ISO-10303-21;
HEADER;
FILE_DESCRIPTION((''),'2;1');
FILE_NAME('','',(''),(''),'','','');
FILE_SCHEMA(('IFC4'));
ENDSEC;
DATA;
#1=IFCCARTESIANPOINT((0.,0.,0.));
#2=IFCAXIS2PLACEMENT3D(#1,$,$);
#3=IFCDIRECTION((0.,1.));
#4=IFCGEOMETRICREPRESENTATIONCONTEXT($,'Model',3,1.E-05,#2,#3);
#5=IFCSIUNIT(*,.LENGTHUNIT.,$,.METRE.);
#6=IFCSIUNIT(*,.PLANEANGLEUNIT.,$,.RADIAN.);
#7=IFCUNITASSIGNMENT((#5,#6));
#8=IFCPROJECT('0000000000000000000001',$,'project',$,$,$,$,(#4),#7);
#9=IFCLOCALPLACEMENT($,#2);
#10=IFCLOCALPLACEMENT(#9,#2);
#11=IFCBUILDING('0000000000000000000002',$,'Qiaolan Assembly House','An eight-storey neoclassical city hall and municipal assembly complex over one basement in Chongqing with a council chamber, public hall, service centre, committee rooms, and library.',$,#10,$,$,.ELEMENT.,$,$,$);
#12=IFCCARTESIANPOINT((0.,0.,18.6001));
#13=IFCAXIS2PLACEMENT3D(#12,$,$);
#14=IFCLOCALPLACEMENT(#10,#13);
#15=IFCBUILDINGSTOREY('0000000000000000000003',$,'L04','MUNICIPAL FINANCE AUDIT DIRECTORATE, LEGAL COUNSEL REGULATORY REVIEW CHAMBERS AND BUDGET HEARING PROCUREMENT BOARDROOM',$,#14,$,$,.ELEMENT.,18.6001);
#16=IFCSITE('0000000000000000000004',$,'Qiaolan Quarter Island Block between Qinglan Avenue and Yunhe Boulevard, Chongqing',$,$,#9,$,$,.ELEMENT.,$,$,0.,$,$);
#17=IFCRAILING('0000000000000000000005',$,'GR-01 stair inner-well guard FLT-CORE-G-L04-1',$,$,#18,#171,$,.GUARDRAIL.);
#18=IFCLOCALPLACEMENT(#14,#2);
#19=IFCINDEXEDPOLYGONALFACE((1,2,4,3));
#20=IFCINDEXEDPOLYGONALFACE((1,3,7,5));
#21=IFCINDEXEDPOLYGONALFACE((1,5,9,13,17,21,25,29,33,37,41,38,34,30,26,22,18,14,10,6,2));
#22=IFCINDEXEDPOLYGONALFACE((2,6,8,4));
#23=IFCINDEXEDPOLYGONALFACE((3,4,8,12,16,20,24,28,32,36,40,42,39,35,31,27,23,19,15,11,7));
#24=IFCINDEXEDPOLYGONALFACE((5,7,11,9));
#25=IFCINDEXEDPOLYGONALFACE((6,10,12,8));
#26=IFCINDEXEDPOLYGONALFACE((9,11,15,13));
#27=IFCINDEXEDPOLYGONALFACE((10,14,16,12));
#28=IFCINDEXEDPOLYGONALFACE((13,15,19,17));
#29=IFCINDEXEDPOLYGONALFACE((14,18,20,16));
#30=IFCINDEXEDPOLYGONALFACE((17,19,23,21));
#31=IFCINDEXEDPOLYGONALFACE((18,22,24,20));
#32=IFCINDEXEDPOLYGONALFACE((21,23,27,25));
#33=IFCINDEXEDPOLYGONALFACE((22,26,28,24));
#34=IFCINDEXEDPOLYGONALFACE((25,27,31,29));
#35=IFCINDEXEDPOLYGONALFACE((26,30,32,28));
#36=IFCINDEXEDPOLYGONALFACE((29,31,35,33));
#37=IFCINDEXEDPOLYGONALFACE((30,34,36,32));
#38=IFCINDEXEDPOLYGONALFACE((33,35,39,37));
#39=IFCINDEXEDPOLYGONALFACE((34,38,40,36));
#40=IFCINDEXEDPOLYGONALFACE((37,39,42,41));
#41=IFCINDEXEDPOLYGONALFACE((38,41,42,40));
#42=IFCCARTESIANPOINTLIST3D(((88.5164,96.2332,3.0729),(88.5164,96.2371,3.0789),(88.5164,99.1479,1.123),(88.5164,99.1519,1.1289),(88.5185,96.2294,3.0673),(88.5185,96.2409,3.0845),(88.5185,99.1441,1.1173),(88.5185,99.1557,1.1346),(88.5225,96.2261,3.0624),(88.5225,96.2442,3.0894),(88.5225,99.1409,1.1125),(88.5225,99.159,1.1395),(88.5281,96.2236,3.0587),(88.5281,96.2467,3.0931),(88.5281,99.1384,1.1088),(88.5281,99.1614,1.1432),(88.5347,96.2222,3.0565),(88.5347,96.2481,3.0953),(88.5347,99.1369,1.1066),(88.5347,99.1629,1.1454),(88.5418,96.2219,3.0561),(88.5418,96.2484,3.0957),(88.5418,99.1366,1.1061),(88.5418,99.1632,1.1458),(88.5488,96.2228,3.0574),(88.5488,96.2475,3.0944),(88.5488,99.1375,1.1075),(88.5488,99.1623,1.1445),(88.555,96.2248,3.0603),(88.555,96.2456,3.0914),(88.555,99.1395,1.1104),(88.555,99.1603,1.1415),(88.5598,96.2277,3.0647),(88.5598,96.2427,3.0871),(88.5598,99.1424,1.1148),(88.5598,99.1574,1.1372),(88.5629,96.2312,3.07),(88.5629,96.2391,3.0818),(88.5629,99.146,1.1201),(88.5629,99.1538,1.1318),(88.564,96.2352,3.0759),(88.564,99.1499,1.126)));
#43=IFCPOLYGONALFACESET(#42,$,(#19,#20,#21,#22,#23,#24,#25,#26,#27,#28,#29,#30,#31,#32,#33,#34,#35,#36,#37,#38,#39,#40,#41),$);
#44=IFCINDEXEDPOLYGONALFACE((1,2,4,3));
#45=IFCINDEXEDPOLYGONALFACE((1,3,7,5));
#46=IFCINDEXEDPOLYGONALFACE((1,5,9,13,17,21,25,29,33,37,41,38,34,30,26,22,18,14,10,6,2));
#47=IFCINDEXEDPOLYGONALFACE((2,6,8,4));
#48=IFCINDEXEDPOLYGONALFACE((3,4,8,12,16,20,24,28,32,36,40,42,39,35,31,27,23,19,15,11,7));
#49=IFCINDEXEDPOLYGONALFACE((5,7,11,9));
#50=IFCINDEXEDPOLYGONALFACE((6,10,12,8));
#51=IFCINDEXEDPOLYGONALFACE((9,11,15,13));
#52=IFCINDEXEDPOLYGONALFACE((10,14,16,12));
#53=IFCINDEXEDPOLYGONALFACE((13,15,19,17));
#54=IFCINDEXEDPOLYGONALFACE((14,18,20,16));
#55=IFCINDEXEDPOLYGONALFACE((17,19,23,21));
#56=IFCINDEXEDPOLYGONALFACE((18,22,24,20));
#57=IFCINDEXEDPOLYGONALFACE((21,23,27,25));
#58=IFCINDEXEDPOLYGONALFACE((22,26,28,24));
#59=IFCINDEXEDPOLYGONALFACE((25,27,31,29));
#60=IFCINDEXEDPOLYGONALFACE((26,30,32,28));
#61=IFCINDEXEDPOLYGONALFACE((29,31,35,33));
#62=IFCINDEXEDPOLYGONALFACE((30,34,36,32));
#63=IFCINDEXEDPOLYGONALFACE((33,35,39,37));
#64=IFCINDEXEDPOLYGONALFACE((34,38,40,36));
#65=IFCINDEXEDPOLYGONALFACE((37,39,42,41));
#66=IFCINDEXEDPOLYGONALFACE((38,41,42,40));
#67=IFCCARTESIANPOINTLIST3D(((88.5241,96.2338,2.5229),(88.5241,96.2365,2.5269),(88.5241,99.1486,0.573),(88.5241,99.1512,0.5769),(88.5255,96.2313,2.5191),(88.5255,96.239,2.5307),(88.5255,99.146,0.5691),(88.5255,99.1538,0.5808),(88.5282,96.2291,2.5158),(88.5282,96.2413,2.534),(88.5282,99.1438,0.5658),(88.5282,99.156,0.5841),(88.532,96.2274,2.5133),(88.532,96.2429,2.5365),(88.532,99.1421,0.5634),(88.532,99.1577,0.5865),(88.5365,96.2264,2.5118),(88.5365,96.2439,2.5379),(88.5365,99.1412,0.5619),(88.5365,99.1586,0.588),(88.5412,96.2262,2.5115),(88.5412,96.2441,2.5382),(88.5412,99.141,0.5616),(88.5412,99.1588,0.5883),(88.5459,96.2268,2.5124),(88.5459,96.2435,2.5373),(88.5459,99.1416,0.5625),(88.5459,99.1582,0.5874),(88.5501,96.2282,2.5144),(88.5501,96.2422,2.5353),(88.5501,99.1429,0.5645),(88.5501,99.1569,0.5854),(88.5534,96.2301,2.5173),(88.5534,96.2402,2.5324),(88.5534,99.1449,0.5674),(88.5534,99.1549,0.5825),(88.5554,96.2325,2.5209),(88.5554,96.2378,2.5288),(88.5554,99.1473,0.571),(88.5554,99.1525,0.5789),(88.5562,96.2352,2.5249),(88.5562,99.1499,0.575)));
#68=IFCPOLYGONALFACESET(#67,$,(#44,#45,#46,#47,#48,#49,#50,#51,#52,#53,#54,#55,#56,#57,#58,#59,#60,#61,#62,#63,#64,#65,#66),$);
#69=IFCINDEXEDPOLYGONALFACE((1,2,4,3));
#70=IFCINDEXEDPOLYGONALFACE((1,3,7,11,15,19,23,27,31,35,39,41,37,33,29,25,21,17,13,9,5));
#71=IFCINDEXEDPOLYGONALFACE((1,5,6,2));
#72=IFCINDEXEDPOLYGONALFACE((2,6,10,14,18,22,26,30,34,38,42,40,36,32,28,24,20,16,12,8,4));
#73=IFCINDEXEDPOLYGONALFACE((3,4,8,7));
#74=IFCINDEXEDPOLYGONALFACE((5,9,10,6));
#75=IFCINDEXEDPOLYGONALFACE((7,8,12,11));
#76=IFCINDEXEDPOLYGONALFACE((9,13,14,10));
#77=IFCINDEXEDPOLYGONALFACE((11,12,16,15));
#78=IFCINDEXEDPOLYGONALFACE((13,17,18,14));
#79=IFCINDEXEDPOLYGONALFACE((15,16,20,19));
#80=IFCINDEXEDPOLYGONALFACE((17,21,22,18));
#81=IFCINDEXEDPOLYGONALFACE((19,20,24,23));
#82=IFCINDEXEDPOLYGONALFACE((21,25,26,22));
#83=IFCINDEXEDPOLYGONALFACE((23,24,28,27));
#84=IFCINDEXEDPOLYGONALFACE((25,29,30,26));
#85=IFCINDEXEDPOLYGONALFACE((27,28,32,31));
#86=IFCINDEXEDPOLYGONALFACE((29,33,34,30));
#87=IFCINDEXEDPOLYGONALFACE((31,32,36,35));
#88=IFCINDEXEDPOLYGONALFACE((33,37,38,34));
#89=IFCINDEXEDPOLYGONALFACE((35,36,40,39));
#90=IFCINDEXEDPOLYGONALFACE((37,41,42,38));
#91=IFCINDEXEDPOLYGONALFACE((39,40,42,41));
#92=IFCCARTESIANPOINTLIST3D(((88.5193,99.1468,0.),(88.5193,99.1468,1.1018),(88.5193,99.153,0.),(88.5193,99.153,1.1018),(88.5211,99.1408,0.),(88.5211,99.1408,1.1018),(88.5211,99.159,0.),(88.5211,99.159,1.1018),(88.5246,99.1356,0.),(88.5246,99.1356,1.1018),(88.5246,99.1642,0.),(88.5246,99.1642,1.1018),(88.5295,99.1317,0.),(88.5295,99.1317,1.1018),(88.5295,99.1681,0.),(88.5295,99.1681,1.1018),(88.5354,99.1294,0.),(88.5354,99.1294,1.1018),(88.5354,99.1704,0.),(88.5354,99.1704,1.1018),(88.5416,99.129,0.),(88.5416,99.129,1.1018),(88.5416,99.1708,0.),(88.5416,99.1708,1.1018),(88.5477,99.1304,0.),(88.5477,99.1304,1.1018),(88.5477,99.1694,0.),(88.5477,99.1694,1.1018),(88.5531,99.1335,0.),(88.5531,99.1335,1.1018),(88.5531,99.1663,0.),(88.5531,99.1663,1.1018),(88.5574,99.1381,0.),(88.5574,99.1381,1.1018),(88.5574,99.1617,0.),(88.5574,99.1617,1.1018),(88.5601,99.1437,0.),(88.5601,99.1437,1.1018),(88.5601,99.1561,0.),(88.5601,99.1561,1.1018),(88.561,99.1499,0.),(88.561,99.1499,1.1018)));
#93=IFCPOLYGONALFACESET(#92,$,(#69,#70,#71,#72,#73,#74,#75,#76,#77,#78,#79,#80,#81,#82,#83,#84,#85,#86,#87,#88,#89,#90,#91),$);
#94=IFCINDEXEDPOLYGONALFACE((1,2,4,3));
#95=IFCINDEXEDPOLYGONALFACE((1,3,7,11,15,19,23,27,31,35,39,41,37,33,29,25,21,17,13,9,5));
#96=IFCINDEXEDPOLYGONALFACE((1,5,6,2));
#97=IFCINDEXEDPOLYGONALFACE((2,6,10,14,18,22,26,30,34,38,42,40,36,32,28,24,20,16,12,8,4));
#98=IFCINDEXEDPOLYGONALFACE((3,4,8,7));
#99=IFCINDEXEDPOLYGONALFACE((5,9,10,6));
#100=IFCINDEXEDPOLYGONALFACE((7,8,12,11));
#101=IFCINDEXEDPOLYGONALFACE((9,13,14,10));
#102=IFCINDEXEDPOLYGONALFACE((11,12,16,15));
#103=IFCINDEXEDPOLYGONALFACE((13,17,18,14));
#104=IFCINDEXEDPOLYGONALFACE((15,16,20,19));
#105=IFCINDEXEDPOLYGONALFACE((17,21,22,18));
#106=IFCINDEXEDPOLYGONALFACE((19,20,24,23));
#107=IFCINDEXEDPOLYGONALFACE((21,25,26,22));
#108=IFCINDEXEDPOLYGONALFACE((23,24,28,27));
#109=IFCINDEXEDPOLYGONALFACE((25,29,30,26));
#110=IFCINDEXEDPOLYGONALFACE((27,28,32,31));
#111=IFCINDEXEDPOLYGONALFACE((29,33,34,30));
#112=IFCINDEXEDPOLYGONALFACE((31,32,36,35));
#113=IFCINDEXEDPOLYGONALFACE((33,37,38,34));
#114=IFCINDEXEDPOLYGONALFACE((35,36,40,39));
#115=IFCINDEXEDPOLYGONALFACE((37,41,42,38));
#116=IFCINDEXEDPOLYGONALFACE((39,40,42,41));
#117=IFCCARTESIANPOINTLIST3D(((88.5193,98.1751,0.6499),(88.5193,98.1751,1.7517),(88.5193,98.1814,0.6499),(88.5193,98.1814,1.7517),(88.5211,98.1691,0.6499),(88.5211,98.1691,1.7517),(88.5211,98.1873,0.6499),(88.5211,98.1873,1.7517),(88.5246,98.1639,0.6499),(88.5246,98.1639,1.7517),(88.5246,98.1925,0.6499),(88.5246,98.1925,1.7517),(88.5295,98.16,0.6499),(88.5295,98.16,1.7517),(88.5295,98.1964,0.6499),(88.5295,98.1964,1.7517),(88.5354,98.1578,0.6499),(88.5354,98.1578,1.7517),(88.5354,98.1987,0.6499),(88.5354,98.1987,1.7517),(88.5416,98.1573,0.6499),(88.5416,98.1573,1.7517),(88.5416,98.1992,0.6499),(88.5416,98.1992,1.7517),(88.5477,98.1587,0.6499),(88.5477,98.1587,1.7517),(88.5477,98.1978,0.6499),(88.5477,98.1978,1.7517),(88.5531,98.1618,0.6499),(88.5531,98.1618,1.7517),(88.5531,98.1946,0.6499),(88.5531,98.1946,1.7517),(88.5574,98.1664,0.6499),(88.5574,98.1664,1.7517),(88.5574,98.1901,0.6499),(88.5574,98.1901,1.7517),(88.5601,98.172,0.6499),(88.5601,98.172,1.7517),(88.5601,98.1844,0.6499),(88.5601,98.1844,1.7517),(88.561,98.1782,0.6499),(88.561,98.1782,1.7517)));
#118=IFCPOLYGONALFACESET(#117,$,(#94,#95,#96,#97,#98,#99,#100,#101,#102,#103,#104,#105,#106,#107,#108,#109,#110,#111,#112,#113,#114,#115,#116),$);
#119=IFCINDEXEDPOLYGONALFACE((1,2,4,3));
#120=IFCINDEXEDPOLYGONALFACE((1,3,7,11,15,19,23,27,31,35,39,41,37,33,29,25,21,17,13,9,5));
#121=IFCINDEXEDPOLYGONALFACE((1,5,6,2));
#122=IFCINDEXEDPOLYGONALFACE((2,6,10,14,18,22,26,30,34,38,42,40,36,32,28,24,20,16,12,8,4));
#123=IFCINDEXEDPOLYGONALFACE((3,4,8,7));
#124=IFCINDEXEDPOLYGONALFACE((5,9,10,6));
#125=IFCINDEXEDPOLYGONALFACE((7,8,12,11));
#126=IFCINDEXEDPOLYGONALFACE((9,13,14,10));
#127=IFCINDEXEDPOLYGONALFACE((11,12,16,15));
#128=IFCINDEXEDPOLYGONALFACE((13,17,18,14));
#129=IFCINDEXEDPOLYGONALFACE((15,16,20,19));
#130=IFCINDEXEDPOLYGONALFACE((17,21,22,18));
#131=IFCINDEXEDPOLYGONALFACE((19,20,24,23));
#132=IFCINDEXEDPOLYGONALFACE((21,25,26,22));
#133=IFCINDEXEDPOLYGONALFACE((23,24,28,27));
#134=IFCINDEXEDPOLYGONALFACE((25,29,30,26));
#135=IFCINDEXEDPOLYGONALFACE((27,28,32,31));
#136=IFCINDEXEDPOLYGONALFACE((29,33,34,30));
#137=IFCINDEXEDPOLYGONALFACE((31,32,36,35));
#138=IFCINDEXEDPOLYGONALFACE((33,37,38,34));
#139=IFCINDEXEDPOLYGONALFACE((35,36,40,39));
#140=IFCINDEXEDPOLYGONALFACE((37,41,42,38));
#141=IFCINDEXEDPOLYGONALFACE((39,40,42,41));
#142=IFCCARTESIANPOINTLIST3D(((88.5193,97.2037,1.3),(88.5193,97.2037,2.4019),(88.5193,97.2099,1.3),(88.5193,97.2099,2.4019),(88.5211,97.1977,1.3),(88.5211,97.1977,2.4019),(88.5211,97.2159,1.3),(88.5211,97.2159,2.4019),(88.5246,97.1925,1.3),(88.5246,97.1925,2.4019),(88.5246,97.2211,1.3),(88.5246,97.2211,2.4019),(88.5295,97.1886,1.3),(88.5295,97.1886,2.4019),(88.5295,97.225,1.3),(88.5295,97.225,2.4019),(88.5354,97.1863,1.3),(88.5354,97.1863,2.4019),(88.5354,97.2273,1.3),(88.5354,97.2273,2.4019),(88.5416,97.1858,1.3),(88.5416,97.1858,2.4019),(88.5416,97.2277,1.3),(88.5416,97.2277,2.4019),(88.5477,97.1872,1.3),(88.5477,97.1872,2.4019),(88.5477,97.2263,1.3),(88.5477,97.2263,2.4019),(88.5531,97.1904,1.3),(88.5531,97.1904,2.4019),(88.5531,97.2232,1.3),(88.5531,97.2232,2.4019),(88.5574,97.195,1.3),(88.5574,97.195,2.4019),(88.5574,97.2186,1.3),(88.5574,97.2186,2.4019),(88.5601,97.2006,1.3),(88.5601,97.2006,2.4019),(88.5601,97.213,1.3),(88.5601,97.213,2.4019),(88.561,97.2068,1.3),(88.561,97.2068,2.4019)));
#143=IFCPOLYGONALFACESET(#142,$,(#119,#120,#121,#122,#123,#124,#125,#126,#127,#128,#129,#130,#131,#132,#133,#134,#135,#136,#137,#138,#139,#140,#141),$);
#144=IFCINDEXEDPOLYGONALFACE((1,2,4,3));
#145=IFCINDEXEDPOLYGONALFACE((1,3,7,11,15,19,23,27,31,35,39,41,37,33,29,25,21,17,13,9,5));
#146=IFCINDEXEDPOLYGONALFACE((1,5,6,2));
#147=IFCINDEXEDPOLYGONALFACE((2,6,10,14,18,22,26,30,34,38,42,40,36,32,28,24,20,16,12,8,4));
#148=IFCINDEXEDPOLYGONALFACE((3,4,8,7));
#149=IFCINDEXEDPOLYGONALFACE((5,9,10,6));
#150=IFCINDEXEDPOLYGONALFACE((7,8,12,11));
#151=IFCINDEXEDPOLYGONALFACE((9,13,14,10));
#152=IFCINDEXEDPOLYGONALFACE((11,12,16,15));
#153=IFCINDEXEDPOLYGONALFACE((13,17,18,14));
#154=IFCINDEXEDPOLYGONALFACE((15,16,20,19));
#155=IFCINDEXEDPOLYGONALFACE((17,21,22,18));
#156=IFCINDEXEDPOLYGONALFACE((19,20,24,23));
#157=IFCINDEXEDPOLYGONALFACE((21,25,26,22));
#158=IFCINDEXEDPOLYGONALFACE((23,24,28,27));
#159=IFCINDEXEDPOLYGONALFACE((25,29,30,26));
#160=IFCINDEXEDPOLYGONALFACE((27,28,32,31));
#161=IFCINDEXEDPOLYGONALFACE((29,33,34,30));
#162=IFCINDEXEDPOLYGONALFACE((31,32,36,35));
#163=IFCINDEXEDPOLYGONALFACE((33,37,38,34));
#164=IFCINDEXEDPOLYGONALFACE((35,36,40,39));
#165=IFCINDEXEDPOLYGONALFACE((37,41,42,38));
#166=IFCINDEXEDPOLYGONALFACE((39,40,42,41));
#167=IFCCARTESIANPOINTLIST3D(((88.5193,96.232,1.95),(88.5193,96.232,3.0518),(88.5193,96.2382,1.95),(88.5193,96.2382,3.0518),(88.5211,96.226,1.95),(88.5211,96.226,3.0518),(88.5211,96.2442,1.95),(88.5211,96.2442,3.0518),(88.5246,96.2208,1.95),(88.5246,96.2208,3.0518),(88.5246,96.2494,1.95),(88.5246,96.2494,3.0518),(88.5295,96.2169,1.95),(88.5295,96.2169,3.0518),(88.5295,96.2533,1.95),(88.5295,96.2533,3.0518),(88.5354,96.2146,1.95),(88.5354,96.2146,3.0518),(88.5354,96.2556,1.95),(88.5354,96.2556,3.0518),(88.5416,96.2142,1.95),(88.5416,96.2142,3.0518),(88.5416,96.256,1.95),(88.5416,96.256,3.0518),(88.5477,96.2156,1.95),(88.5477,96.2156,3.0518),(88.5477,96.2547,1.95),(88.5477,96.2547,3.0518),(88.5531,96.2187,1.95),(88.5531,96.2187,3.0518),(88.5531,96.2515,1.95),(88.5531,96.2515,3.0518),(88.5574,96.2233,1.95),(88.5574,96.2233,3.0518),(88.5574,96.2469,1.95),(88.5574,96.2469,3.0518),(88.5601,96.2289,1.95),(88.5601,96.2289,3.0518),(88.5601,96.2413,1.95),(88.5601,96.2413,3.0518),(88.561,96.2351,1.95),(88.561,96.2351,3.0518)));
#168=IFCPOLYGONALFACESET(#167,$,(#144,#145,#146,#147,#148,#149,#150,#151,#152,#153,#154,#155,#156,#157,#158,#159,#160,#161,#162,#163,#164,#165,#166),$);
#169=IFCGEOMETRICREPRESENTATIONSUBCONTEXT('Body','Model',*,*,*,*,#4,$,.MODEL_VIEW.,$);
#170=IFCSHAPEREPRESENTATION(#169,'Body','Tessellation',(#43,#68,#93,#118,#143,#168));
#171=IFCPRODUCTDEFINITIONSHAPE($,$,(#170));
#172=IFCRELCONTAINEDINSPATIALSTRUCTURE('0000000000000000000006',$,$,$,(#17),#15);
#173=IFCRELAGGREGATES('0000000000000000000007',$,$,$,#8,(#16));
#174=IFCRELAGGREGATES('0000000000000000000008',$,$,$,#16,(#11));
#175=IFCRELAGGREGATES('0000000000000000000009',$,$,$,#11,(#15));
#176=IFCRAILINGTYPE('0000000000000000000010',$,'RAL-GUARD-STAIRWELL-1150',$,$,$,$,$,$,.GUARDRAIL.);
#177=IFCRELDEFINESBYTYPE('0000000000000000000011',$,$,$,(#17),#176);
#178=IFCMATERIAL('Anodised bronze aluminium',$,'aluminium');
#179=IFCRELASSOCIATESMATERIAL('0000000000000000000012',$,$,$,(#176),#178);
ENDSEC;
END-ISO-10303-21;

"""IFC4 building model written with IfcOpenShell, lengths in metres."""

from ifc_helpers import new_model, si_unit, direction, frame, origin, origin_2d, place, context, subcontext, project, spatial, circle, extrude, material, type_object, element, save


model = new_model("IFC4")

# Units and contexts
model_context = context("Model", 3, precision=1e-05, world=origin(), true_north=direction((0.0, 1.0)))
body_context = subcontext(model_context, "Body", "Model", "MODEL_VIEW")
ifc_project = project(units=[si_unit("LENGTHUNIT", "METRE"), si_unit("PLANEANGLEUNIT", "RADIAN")], contexts=[model_context])

# Site, building, storey
site_placement = place(None, origin())
site = spatial("IfcSite", under=ifc_project, at=site_placement, Name="Qiaolan Quarter Island Block between Qinglan Avenue and Yunhe Boulevard, Chongqing", CompositionType="ELEMENT", RefElevation=0.0)
building_placement = place(site_placement, origin())
building = spatial("IfcBuilding", under=site, at=building_placement, Name="Qiaolan Assembly House", Description="An eight-storey neoclassical city hall and municipal assembly complex over one basement in Chongqing with a council chamber, public hall, service centre, committee rooms, and library.", CompositionType="ELEMENT")
storey_placement = place(building_placement, frame((0.0, 0.0, 18.6001)))
storey = spatial("IfcBuildingStorey", under=building, at=storey_placement, Name="L04", Description="MUNICIPAL FINANCE AUDIT DIRECTORATE, LEGAL COUNSEL REGULATORY REVIEW CHAMBERS AND BUDGET HEARING PROCUREMENT BOARDROOM", CompositionType="ELEMENT", Elevation=18.6001)

# Railing
ifc_material_1 = material(Name="Anodised bronze aluminium", Category="aluminium")
railing_type_1 = type_object("IfcRailingType", Name="RAL-GUARD-STAIRWELL-1150", PredefinedType="GUARDRAIL", material=ifc_material_1)
railing_1_placement = place(storey_placement, frame((88.54, 99.1499, 0.0)))
element("IfcRailing", 1, at=railing_1_placement, inside=storey, type_object=railing_type_1, Name="GR-01 stair inner-well guard FLT-CORE-G-L04-1", PredefinedType="GUARDRAIL", context=body_context, shape_type="SweptSolid", body=[
    extrude(circle(Radius=0.0239, at=origin_2d()), frame((0.0, 0.0, 1.126), z_axis=(0.0, -0.83116, 0.556033), x_axis=(1.0, 0.0, 0.0)), (0.0, 0.0, 1.0), 3.5068),
    extrude(circle(Radius=0.0161, at=origin_2d()), frame((0.0, 0.0, 0.575), z_axis=(0.0, -0.83116, 0.556033), x_axis=(1.0, 0.0, 0.0)), (0.0, 0.0, 1.0), 3.5068),
    extrude(circle(Radius=0.021, at=origin_2d()), origin(), (0.0, 0.0, 1.0), 1.1018),
    extrude(circle(Radius=0.021, at=origin_2d()), frame((0.0, -0.9717, 0.6499)), (0.0, 0.0, 1.0), 1.1018),
    extrude(circle(Radius=0.021, at=origin_2d()), frame((0.0, -1.9431, 1.3)), (0.0, 0.0, 1.0), 1.1018),
    extrude(circle(Radius=0.021, at=origin_2d()), frame((0.0, -2.9148, 1.95)), (0.0, 0.0, 1.0), 1.1018),
])

save(model, "model.ifc")
